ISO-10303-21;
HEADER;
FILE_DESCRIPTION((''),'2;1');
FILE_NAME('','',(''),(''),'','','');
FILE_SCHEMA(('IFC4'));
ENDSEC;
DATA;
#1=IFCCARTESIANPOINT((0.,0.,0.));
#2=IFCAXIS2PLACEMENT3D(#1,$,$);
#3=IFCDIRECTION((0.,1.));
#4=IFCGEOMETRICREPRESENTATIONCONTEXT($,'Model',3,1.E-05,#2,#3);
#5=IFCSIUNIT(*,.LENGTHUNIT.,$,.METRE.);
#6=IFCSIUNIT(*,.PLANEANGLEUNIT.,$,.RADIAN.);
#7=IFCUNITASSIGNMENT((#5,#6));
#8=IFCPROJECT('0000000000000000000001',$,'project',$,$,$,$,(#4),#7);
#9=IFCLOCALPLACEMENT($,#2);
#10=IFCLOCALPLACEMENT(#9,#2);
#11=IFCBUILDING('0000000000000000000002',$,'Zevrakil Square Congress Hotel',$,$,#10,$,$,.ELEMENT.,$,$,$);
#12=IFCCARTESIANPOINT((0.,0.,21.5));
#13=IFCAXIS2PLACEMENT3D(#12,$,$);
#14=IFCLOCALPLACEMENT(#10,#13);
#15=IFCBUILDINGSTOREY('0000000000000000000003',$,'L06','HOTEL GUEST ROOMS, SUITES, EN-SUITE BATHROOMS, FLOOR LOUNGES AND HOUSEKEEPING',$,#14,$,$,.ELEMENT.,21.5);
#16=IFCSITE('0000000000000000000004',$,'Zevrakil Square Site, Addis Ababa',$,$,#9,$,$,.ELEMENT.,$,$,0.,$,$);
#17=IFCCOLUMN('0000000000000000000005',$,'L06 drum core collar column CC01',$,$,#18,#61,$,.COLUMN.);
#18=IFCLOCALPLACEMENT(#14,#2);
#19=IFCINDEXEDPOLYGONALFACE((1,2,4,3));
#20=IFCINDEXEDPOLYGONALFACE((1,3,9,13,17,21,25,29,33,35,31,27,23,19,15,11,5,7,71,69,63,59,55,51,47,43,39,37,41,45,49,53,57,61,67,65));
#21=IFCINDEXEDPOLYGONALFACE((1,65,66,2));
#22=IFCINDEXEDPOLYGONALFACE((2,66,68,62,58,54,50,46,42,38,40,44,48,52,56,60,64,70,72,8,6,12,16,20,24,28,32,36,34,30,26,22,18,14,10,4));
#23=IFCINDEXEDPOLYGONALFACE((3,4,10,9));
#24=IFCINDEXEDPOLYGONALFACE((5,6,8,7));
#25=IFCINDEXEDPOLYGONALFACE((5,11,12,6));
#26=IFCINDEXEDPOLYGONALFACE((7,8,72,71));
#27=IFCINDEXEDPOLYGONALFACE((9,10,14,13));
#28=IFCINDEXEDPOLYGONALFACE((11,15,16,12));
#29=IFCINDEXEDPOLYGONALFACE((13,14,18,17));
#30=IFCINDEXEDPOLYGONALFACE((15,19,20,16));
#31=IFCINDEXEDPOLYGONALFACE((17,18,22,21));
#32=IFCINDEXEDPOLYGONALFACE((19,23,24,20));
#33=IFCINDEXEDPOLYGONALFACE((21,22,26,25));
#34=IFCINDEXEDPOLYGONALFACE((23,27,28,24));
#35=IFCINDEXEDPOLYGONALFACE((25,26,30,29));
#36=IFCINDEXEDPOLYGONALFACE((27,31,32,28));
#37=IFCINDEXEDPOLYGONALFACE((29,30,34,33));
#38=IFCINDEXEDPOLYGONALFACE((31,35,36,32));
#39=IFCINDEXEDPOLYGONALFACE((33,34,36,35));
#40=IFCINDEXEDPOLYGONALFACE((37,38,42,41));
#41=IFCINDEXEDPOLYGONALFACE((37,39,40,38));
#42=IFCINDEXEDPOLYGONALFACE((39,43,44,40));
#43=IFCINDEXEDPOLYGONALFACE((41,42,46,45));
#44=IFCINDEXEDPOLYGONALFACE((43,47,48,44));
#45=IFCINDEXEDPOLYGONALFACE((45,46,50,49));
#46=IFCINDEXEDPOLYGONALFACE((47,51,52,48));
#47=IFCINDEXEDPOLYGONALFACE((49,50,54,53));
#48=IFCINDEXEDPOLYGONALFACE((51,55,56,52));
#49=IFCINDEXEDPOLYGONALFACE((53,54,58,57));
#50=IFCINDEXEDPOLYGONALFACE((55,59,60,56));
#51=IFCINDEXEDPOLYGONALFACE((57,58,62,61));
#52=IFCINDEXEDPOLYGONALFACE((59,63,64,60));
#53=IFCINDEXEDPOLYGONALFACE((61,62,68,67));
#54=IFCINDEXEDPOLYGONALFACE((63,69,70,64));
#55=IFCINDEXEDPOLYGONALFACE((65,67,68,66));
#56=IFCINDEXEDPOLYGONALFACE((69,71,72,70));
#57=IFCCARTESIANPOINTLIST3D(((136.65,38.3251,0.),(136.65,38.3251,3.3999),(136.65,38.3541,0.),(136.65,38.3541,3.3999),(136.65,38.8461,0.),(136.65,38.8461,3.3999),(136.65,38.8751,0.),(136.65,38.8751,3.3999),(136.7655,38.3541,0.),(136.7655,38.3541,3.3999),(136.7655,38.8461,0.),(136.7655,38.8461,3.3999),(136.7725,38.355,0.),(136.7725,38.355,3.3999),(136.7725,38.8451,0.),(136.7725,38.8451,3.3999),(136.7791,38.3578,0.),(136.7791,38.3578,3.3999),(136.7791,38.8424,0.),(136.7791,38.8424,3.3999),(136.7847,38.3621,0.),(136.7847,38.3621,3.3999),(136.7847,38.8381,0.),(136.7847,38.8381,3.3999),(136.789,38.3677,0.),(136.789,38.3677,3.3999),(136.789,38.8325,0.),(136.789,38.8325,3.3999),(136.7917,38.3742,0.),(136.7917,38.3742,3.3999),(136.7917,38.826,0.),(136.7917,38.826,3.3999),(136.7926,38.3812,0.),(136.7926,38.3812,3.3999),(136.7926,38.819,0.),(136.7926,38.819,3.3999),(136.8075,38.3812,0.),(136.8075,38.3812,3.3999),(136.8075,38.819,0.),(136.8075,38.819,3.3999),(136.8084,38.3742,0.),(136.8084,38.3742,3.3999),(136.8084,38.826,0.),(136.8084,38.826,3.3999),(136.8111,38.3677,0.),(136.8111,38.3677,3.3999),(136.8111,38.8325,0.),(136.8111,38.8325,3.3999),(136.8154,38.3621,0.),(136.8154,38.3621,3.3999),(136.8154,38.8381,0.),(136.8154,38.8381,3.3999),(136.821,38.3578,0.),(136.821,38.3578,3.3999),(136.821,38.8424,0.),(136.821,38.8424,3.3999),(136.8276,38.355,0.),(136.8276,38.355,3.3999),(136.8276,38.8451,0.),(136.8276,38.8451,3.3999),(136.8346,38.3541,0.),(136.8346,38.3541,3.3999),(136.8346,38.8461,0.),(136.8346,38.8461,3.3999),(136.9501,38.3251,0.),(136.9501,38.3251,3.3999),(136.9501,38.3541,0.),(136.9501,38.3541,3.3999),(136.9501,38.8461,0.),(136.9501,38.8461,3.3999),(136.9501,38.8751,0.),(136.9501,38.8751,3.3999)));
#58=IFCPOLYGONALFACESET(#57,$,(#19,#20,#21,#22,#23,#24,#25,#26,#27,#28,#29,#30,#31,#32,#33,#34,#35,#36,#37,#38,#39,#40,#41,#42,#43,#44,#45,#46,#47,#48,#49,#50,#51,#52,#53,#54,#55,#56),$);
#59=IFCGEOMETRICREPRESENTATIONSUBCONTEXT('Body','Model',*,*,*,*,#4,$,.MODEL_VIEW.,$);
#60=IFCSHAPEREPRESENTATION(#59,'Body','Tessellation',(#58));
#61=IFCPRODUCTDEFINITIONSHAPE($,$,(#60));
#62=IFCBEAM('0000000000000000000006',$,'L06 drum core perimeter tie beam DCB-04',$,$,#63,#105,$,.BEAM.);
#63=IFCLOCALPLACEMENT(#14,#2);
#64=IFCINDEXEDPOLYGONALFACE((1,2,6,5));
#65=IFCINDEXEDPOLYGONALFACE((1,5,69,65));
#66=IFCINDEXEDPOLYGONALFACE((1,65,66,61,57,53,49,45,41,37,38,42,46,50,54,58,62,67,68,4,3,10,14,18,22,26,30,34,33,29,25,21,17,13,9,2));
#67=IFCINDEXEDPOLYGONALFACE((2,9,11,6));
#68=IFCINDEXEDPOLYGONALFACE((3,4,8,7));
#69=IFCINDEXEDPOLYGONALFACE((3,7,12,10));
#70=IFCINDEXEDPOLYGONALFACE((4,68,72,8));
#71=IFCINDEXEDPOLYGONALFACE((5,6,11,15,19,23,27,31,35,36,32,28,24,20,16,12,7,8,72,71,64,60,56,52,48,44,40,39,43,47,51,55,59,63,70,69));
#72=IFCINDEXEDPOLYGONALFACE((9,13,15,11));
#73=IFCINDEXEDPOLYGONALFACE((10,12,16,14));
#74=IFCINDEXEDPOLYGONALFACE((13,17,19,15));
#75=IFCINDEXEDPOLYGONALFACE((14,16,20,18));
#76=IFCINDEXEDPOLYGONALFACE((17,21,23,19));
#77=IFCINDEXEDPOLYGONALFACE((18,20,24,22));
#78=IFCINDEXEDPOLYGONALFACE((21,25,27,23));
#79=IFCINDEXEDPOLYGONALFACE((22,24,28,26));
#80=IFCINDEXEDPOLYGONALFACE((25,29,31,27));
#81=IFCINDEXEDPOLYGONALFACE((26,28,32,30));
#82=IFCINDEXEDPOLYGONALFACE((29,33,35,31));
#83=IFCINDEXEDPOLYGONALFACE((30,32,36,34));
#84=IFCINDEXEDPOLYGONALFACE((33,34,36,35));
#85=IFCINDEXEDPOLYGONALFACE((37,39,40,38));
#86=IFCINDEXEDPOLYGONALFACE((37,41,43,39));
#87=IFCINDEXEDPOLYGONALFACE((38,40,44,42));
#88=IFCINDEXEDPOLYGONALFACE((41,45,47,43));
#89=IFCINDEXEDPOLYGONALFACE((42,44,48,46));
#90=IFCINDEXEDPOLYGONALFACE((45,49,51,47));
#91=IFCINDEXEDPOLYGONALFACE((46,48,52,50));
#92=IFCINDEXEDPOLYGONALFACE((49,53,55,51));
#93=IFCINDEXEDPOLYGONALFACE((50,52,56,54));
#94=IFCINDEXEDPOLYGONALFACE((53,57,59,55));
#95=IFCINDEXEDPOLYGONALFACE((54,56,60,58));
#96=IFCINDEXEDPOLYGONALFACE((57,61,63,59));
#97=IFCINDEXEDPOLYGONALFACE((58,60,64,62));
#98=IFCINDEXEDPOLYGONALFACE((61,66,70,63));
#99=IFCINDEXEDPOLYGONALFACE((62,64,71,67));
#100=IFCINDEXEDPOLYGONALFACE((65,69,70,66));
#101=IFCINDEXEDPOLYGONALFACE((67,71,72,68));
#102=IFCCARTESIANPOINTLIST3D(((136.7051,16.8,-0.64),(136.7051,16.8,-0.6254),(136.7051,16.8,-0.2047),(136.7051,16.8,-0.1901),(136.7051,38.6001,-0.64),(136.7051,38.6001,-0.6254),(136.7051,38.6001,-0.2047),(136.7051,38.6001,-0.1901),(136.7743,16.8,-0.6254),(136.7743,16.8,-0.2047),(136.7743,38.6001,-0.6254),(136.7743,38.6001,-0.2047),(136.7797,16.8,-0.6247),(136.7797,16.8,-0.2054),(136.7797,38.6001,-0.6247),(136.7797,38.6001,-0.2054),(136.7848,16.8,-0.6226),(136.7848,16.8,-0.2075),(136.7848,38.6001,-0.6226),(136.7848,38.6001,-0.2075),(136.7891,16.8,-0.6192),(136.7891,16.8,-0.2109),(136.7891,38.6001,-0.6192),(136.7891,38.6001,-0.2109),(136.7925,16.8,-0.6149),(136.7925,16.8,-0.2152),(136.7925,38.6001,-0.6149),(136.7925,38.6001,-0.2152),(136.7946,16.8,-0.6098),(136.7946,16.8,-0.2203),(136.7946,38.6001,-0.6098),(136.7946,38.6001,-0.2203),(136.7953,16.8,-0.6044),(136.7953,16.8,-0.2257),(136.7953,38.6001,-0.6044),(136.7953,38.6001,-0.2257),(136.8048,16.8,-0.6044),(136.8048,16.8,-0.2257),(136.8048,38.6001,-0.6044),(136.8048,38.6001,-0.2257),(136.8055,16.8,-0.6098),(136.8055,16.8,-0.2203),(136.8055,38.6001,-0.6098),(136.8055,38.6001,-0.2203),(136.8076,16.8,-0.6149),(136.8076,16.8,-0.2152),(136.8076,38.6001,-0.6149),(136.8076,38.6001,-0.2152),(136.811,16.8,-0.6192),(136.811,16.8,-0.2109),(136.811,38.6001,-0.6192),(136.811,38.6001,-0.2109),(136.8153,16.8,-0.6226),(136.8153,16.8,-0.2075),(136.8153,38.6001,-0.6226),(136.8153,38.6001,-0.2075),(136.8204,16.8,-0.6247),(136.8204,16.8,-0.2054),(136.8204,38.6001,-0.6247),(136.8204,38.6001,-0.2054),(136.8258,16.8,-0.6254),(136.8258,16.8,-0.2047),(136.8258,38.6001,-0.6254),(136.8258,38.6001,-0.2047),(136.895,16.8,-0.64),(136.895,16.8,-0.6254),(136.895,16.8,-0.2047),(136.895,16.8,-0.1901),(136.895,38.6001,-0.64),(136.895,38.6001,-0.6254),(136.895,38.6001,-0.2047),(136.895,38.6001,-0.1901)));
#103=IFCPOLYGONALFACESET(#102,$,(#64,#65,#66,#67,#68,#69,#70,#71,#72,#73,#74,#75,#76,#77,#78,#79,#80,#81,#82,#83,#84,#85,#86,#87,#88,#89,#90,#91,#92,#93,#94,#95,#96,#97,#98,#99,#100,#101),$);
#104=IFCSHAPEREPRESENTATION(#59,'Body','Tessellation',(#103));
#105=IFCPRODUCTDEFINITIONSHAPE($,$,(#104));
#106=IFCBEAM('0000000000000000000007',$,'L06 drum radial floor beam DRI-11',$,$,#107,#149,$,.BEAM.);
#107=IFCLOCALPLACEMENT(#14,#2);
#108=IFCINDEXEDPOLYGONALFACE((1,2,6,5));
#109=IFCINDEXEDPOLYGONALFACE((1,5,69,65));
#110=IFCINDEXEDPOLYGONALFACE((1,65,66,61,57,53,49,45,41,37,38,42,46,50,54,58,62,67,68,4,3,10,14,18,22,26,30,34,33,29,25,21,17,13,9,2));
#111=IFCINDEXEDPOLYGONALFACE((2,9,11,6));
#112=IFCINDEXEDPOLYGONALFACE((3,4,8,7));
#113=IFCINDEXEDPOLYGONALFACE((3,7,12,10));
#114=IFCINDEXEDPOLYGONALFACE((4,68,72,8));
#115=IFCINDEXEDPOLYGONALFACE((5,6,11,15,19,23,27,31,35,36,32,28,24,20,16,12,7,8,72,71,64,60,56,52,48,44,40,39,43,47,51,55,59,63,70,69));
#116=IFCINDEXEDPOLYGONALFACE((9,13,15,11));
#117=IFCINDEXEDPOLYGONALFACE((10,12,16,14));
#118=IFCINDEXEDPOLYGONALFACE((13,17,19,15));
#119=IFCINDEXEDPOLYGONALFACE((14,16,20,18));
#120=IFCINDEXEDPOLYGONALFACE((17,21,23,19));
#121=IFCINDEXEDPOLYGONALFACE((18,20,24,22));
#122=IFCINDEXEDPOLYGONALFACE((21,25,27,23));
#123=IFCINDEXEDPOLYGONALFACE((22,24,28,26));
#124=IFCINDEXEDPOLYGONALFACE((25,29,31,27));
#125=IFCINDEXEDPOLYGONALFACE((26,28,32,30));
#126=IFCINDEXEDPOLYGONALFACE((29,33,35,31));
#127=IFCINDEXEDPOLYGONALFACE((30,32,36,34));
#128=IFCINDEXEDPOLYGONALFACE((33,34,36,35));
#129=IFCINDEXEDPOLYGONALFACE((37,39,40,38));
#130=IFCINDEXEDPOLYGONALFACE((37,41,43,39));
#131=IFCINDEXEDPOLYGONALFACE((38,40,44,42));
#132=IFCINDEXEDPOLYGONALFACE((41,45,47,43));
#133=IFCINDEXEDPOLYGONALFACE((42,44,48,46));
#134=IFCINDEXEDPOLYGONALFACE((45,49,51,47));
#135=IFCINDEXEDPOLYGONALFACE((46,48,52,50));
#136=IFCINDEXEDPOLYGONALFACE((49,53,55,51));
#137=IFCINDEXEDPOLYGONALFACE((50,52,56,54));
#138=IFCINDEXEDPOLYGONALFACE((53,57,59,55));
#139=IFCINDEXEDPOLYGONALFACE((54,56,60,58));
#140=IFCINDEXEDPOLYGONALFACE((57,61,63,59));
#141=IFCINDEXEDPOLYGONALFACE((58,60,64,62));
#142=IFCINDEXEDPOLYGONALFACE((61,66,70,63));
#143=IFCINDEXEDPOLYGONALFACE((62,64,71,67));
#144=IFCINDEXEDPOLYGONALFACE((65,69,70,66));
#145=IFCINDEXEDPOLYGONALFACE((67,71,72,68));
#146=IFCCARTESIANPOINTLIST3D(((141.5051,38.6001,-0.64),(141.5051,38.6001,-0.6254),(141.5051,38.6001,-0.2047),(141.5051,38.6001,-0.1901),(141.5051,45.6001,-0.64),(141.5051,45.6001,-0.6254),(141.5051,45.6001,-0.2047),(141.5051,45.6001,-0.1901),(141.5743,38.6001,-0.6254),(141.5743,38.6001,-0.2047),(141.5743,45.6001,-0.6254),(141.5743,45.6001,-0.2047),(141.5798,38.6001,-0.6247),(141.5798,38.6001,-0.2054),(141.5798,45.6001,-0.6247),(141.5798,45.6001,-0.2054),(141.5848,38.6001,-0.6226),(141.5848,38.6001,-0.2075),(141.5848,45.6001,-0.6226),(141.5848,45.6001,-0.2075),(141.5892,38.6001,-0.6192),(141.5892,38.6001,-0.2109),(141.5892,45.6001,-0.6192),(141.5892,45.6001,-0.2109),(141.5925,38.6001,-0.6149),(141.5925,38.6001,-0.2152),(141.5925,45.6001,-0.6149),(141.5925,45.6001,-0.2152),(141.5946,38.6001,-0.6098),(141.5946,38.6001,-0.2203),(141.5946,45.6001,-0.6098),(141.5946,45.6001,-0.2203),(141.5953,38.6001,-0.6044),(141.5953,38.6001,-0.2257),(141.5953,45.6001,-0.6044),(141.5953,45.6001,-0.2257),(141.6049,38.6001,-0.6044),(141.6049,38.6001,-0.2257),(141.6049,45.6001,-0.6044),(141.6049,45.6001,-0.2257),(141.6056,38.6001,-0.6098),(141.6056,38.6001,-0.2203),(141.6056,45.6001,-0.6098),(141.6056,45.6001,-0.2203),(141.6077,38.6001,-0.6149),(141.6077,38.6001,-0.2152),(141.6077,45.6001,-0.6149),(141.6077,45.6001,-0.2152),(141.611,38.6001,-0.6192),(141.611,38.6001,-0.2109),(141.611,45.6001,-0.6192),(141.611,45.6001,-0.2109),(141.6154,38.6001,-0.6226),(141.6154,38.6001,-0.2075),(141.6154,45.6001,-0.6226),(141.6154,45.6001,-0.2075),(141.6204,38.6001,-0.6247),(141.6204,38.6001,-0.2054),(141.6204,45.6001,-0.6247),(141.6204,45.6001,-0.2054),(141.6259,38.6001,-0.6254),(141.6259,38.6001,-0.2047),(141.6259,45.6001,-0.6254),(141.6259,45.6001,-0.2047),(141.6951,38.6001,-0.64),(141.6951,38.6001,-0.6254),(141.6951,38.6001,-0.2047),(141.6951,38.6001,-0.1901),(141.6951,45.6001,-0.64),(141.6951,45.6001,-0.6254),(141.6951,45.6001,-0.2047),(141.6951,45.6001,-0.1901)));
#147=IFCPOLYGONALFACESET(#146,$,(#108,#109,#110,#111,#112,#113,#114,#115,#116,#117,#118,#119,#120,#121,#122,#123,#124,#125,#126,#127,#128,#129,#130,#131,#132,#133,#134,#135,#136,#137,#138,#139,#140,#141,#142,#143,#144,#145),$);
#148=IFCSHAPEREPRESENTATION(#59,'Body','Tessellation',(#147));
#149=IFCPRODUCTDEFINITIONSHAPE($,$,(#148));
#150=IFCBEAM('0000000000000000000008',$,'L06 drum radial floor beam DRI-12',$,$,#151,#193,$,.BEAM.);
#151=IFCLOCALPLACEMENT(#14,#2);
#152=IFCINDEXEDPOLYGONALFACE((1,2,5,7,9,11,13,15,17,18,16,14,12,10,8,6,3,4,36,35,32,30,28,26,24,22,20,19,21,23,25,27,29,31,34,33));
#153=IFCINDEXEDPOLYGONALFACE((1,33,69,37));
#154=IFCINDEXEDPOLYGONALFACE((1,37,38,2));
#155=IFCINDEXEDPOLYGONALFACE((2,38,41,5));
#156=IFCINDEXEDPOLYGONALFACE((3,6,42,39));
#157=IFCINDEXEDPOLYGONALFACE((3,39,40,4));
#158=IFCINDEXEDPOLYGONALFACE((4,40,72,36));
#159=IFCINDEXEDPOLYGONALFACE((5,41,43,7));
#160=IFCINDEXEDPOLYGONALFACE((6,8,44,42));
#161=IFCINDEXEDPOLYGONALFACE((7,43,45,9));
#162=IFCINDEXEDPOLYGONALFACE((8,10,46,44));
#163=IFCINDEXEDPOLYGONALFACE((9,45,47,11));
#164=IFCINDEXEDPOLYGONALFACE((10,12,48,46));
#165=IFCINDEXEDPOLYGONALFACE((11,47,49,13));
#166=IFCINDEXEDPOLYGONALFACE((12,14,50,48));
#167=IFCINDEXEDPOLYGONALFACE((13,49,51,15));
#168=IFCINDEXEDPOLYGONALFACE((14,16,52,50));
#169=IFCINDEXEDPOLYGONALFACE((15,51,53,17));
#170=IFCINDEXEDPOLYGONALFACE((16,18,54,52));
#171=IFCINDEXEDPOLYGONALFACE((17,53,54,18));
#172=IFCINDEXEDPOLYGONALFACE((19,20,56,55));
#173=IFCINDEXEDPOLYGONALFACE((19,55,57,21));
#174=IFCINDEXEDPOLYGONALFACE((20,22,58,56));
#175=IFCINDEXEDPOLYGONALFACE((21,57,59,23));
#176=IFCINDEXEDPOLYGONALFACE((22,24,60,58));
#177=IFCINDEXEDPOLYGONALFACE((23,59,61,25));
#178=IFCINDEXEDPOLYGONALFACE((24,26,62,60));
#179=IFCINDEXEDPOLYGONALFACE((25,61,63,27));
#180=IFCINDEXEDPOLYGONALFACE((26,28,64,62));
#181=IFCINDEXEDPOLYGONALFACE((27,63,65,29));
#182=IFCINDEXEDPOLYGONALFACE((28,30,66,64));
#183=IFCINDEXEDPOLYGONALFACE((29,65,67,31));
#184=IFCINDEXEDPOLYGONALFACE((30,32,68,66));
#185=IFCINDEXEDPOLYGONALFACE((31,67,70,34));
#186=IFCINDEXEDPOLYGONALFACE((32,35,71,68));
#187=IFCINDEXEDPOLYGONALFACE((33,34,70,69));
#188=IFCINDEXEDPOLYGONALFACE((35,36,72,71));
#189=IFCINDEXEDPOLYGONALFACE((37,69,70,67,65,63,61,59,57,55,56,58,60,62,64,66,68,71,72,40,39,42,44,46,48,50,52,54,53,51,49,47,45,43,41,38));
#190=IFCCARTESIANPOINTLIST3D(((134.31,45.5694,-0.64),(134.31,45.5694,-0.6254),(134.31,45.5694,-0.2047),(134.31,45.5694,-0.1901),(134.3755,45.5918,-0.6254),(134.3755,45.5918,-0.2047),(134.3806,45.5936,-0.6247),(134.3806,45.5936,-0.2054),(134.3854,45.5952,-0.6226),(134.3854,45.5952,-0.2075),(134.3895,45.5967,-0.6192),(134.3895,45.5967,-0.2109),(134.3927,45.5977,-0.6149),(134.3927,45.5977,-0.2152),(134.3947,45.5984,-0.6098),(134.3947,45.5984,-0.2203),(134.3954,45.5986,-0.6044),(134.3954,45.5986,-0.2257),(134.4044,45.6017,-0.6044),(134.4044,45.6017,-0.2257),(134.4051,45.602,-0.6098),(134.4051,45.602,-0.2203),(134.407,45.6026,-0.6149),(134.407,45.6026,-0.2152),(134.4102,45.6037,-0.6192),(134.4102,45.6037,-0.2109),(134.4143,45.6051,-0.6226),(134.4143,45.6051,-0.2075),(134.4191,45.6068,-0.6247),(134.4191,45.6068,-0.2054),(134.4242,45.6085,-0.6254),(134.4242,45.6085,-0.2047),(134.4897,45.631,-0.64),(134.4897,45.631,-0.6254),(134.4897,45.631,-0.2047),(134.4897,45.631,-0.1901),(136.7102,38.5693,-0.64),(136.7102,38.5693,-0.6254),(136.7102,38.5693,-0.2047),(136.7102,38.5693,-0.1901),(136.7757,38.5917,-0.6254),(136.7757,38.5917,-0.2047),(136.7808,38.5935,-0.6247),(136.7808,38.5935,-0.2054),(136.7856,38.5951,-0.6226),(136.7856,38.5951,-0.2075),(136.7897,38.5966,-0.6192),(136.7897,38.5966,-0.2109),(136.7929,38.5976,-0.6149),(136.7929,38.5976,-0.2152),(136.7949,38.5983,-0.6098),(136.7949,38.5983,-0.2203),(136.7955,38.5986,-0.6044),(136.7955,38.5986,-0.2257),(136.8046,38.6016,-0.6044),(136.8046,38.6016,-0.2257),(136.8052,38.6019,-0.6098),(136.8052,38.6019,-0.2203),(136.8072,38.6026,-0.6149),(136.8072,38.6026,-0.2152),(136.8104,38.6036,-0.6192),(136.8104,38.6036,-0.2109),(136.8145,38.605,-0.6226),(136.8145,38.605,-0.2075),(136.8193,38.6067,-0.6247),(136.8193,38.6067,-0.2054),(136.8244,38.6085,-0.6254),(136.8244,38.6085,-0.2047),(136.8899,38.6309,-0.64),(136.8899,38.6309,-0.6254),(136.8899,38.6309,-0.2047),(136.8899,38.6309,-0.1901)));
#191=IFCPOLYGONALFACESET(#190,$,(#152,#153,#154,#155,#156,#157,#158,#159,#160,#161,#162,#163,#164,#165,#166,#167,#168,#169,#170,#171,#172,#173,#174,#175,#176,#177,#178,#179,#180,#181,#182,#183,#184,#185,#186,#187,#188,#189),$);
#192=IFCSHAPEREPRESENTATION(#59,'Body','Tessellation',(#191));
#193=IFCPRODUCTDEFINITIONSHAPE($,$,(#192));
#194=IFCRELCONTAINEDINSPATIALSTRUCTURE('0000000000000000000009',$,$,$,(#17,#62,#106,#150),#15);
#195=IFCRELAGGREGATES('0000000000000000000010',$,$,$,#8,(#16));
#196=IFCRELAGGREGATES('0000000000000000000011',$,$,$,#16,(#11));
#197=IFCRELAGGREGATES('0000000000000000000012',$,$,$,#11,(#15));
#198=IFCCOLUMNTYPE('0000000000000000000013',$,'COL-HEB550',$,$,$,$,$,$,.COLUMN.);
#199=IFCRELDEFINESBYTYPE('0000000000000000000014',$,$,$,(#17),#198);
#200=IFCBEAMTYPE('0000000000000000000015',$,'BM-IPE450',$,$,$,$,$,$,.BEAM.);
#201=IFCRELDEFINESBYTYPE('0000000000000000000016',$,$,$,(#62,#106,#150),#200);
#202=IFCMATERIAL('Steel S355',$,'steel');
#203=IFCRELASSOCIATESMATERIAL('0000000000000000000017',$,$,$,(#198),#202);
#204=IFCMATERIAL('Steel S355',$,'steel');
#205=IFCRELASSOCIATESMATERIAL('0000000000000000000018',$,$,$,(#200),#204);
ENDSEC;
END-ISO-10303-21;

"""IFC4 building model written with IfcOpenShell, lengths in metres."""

from ifc_helpers import new_model, si_unit, direction, frame, origin, origin_2d, place, context, subcontext, project, spatial, i_section, extrude, material, material_profile, profile_set, type_object, element, save


model = new_model("IFC4")

# Units and contexts
model_context = context("Model", 3, precision=1e-05, world=origin(), true_north=direction((0.0, 1.0)))
body_context = subcontext(model_context, "Body", "Model", "MODEL_VIEW")
ifc_project = project(units=[si_unit("LENGTHUNIT", "METRE"), si_unit("PLANEANGLEUNIT", "RADIAN")], contexts=[model_context])

# Site, building, storey
site_placement = place(None, origin())
site = spatial("IfcSite", under=ifc_project, at=site_placement, Name="Zevrakil Square Site, Addis Ababa", CompositionType="ELEMENT", RefElevation=0.0)
building_placement = place(site_placement, origin())
building = spatial("IfcBuilding", under=site, at=building_placement, Name="Zevrakil Square Congress Hotel", CompositionType="ELEMENT")
storey_placement = place(building_placement, frame((0.0, 0.0, 21.5)))
storey = spatial("IfcBuildingStorey", under=building, at=storey_placement, Name="L06", Description="HOTEL GUEST ROOMS, SUITES, EN-SUITE BATHROOMS, FLOOR LOUNGES AND HOUSEKEEPING", CompositionType="ELEMENT", Elevation=21.5)

# Column
ifc_material_1 = material(Name="Steel S355", Category="steel")
ifc_material_profile_1 = material_profile(ifc_material_1, i_section(OverallWidth=0.3, OverallDepth=0.55, WebThickness=0.0149, FlangeThickness=0.0291, FilletRadius=0.0271, at=origin_2d()), Name="HEB 550")
ifc_profile_set_1 = profile_set([ifc_material_profile_1], Name="Steel S355")
column_type = type_object("IfcColumnType", Name="COL-HEB550", PredefinedType="COLUMN", material=ifc_profile_set_1)
column_placement = place(storey_placement, frame((136.8, 38.6001, 0.0), z_axis=(0.0, 0.0, 1.0), x_axis=(1.0, 0.0, 0.0)))
element("IfcColumn", 1, at=column_placement, inside=storey, type_object=column_type, Name="L06 drum core collar column CC01", PredefinedType="COLUMN", context=body_context, shape_type="SweptSolid", body=[
    extrude(i_section(OverallWidth=0.3, OverallDepth=0.55, WebThickness=0.0149, FlangeThickness=0.0291, FilletRadius=0.0271, at=origin_2d()), origin(), (0.0, 0.0, 1.0), 3.3999),
])

# Beams
ifc_material_2 = material(Name="Steel S355", Category="steel")
ifc_material_profile_2 = material_profile(ifc_material_2, i_section(OverallWidth=0.1899, OverallDepth=0.45, WebThickness=0.0095, FlangeThickness=0.0146, FilletRadius=0.021, at=origin_2d()), Name="IPE 450")
ifc_profile_set_2 = profile_set([ifc_material_profile_2], Name="Steel S355")
beam_type = type_object("IfcBeamType", Name="BM-IPE450", PredefinedType="BEAM", material=ifc_profile_set_2)
beam_1_placement = place(storey_placement, frame((136.8, 38.6001, -0.415), z_axis=(0.0, -1.0, 0.0), x_axis=(1.0, 0.0, 0.0)))
element("IfcBeam", 2, at=beam_1_placement, inside=storey, type_object=beam_type, Name="L06 drum core perimeter tie beam DCB-04", PredefinedType="BEAM", context=body_context, shape_type="SweptSolid", body=[
    extrude(i_section(OverallWidth=0.1899, OverallDepth=0.45, WebThickness=0.0095, FlangeThickness=0.0146, FilletRadius=0.021, at=origin_2d()), origin(), (0.0, 0.0, 1.0), 21.8),
])
beam_2_placement = place(storey_placement, frame((141.6001, 38.6001, -0.415), z_axis=(0.0, 1.0, 0.0), x_axis=(-1.0, 0.0, 0.0)))
element("IfcBeam", 3, at=beam_2_placement, inside=storey, type_object=beam_type, Name="L06 drum radial floor beam DRI-11", PredefinedType="BEAM", context=body_context, shape_type="SweptSolid", body=[
    extrude(i_section(OverallWidth=0.1899, OverallDepth=0.45, WebThickness=0.0095, FlangeThickness=0.0146, FilletRadius=0.021, at=origin_2d()), origin(), (0.0, 0.0, 1.0), 7.0),
])
beam_3_placement = place(storey_placement, frame((136.8, 38.6001, -0.415), z_axis=(-0.324342, 0.94594, 0.0), x_axis=(-0.94594, -0.324342, 0.0)))
element("IfcBeam", 4, at=beam_3_placement, inside=storey, type_object=beam_type, Name="L06 drum radial floor beam DRI-12", PredefinedType="BEAM", context=body_context, shape_type="SweptSolid", body=[
    extrude(i_section(OverallWidth=0.1899, OverallDepth=0.45, WebThickness=0.0095, FlangeThickness=0.0146, FilletRadius=0.021, at=origin_2d()), origin(), (0.0, 0.0, 1.0), 7.4001),
])

save(model, "model.ifc")
